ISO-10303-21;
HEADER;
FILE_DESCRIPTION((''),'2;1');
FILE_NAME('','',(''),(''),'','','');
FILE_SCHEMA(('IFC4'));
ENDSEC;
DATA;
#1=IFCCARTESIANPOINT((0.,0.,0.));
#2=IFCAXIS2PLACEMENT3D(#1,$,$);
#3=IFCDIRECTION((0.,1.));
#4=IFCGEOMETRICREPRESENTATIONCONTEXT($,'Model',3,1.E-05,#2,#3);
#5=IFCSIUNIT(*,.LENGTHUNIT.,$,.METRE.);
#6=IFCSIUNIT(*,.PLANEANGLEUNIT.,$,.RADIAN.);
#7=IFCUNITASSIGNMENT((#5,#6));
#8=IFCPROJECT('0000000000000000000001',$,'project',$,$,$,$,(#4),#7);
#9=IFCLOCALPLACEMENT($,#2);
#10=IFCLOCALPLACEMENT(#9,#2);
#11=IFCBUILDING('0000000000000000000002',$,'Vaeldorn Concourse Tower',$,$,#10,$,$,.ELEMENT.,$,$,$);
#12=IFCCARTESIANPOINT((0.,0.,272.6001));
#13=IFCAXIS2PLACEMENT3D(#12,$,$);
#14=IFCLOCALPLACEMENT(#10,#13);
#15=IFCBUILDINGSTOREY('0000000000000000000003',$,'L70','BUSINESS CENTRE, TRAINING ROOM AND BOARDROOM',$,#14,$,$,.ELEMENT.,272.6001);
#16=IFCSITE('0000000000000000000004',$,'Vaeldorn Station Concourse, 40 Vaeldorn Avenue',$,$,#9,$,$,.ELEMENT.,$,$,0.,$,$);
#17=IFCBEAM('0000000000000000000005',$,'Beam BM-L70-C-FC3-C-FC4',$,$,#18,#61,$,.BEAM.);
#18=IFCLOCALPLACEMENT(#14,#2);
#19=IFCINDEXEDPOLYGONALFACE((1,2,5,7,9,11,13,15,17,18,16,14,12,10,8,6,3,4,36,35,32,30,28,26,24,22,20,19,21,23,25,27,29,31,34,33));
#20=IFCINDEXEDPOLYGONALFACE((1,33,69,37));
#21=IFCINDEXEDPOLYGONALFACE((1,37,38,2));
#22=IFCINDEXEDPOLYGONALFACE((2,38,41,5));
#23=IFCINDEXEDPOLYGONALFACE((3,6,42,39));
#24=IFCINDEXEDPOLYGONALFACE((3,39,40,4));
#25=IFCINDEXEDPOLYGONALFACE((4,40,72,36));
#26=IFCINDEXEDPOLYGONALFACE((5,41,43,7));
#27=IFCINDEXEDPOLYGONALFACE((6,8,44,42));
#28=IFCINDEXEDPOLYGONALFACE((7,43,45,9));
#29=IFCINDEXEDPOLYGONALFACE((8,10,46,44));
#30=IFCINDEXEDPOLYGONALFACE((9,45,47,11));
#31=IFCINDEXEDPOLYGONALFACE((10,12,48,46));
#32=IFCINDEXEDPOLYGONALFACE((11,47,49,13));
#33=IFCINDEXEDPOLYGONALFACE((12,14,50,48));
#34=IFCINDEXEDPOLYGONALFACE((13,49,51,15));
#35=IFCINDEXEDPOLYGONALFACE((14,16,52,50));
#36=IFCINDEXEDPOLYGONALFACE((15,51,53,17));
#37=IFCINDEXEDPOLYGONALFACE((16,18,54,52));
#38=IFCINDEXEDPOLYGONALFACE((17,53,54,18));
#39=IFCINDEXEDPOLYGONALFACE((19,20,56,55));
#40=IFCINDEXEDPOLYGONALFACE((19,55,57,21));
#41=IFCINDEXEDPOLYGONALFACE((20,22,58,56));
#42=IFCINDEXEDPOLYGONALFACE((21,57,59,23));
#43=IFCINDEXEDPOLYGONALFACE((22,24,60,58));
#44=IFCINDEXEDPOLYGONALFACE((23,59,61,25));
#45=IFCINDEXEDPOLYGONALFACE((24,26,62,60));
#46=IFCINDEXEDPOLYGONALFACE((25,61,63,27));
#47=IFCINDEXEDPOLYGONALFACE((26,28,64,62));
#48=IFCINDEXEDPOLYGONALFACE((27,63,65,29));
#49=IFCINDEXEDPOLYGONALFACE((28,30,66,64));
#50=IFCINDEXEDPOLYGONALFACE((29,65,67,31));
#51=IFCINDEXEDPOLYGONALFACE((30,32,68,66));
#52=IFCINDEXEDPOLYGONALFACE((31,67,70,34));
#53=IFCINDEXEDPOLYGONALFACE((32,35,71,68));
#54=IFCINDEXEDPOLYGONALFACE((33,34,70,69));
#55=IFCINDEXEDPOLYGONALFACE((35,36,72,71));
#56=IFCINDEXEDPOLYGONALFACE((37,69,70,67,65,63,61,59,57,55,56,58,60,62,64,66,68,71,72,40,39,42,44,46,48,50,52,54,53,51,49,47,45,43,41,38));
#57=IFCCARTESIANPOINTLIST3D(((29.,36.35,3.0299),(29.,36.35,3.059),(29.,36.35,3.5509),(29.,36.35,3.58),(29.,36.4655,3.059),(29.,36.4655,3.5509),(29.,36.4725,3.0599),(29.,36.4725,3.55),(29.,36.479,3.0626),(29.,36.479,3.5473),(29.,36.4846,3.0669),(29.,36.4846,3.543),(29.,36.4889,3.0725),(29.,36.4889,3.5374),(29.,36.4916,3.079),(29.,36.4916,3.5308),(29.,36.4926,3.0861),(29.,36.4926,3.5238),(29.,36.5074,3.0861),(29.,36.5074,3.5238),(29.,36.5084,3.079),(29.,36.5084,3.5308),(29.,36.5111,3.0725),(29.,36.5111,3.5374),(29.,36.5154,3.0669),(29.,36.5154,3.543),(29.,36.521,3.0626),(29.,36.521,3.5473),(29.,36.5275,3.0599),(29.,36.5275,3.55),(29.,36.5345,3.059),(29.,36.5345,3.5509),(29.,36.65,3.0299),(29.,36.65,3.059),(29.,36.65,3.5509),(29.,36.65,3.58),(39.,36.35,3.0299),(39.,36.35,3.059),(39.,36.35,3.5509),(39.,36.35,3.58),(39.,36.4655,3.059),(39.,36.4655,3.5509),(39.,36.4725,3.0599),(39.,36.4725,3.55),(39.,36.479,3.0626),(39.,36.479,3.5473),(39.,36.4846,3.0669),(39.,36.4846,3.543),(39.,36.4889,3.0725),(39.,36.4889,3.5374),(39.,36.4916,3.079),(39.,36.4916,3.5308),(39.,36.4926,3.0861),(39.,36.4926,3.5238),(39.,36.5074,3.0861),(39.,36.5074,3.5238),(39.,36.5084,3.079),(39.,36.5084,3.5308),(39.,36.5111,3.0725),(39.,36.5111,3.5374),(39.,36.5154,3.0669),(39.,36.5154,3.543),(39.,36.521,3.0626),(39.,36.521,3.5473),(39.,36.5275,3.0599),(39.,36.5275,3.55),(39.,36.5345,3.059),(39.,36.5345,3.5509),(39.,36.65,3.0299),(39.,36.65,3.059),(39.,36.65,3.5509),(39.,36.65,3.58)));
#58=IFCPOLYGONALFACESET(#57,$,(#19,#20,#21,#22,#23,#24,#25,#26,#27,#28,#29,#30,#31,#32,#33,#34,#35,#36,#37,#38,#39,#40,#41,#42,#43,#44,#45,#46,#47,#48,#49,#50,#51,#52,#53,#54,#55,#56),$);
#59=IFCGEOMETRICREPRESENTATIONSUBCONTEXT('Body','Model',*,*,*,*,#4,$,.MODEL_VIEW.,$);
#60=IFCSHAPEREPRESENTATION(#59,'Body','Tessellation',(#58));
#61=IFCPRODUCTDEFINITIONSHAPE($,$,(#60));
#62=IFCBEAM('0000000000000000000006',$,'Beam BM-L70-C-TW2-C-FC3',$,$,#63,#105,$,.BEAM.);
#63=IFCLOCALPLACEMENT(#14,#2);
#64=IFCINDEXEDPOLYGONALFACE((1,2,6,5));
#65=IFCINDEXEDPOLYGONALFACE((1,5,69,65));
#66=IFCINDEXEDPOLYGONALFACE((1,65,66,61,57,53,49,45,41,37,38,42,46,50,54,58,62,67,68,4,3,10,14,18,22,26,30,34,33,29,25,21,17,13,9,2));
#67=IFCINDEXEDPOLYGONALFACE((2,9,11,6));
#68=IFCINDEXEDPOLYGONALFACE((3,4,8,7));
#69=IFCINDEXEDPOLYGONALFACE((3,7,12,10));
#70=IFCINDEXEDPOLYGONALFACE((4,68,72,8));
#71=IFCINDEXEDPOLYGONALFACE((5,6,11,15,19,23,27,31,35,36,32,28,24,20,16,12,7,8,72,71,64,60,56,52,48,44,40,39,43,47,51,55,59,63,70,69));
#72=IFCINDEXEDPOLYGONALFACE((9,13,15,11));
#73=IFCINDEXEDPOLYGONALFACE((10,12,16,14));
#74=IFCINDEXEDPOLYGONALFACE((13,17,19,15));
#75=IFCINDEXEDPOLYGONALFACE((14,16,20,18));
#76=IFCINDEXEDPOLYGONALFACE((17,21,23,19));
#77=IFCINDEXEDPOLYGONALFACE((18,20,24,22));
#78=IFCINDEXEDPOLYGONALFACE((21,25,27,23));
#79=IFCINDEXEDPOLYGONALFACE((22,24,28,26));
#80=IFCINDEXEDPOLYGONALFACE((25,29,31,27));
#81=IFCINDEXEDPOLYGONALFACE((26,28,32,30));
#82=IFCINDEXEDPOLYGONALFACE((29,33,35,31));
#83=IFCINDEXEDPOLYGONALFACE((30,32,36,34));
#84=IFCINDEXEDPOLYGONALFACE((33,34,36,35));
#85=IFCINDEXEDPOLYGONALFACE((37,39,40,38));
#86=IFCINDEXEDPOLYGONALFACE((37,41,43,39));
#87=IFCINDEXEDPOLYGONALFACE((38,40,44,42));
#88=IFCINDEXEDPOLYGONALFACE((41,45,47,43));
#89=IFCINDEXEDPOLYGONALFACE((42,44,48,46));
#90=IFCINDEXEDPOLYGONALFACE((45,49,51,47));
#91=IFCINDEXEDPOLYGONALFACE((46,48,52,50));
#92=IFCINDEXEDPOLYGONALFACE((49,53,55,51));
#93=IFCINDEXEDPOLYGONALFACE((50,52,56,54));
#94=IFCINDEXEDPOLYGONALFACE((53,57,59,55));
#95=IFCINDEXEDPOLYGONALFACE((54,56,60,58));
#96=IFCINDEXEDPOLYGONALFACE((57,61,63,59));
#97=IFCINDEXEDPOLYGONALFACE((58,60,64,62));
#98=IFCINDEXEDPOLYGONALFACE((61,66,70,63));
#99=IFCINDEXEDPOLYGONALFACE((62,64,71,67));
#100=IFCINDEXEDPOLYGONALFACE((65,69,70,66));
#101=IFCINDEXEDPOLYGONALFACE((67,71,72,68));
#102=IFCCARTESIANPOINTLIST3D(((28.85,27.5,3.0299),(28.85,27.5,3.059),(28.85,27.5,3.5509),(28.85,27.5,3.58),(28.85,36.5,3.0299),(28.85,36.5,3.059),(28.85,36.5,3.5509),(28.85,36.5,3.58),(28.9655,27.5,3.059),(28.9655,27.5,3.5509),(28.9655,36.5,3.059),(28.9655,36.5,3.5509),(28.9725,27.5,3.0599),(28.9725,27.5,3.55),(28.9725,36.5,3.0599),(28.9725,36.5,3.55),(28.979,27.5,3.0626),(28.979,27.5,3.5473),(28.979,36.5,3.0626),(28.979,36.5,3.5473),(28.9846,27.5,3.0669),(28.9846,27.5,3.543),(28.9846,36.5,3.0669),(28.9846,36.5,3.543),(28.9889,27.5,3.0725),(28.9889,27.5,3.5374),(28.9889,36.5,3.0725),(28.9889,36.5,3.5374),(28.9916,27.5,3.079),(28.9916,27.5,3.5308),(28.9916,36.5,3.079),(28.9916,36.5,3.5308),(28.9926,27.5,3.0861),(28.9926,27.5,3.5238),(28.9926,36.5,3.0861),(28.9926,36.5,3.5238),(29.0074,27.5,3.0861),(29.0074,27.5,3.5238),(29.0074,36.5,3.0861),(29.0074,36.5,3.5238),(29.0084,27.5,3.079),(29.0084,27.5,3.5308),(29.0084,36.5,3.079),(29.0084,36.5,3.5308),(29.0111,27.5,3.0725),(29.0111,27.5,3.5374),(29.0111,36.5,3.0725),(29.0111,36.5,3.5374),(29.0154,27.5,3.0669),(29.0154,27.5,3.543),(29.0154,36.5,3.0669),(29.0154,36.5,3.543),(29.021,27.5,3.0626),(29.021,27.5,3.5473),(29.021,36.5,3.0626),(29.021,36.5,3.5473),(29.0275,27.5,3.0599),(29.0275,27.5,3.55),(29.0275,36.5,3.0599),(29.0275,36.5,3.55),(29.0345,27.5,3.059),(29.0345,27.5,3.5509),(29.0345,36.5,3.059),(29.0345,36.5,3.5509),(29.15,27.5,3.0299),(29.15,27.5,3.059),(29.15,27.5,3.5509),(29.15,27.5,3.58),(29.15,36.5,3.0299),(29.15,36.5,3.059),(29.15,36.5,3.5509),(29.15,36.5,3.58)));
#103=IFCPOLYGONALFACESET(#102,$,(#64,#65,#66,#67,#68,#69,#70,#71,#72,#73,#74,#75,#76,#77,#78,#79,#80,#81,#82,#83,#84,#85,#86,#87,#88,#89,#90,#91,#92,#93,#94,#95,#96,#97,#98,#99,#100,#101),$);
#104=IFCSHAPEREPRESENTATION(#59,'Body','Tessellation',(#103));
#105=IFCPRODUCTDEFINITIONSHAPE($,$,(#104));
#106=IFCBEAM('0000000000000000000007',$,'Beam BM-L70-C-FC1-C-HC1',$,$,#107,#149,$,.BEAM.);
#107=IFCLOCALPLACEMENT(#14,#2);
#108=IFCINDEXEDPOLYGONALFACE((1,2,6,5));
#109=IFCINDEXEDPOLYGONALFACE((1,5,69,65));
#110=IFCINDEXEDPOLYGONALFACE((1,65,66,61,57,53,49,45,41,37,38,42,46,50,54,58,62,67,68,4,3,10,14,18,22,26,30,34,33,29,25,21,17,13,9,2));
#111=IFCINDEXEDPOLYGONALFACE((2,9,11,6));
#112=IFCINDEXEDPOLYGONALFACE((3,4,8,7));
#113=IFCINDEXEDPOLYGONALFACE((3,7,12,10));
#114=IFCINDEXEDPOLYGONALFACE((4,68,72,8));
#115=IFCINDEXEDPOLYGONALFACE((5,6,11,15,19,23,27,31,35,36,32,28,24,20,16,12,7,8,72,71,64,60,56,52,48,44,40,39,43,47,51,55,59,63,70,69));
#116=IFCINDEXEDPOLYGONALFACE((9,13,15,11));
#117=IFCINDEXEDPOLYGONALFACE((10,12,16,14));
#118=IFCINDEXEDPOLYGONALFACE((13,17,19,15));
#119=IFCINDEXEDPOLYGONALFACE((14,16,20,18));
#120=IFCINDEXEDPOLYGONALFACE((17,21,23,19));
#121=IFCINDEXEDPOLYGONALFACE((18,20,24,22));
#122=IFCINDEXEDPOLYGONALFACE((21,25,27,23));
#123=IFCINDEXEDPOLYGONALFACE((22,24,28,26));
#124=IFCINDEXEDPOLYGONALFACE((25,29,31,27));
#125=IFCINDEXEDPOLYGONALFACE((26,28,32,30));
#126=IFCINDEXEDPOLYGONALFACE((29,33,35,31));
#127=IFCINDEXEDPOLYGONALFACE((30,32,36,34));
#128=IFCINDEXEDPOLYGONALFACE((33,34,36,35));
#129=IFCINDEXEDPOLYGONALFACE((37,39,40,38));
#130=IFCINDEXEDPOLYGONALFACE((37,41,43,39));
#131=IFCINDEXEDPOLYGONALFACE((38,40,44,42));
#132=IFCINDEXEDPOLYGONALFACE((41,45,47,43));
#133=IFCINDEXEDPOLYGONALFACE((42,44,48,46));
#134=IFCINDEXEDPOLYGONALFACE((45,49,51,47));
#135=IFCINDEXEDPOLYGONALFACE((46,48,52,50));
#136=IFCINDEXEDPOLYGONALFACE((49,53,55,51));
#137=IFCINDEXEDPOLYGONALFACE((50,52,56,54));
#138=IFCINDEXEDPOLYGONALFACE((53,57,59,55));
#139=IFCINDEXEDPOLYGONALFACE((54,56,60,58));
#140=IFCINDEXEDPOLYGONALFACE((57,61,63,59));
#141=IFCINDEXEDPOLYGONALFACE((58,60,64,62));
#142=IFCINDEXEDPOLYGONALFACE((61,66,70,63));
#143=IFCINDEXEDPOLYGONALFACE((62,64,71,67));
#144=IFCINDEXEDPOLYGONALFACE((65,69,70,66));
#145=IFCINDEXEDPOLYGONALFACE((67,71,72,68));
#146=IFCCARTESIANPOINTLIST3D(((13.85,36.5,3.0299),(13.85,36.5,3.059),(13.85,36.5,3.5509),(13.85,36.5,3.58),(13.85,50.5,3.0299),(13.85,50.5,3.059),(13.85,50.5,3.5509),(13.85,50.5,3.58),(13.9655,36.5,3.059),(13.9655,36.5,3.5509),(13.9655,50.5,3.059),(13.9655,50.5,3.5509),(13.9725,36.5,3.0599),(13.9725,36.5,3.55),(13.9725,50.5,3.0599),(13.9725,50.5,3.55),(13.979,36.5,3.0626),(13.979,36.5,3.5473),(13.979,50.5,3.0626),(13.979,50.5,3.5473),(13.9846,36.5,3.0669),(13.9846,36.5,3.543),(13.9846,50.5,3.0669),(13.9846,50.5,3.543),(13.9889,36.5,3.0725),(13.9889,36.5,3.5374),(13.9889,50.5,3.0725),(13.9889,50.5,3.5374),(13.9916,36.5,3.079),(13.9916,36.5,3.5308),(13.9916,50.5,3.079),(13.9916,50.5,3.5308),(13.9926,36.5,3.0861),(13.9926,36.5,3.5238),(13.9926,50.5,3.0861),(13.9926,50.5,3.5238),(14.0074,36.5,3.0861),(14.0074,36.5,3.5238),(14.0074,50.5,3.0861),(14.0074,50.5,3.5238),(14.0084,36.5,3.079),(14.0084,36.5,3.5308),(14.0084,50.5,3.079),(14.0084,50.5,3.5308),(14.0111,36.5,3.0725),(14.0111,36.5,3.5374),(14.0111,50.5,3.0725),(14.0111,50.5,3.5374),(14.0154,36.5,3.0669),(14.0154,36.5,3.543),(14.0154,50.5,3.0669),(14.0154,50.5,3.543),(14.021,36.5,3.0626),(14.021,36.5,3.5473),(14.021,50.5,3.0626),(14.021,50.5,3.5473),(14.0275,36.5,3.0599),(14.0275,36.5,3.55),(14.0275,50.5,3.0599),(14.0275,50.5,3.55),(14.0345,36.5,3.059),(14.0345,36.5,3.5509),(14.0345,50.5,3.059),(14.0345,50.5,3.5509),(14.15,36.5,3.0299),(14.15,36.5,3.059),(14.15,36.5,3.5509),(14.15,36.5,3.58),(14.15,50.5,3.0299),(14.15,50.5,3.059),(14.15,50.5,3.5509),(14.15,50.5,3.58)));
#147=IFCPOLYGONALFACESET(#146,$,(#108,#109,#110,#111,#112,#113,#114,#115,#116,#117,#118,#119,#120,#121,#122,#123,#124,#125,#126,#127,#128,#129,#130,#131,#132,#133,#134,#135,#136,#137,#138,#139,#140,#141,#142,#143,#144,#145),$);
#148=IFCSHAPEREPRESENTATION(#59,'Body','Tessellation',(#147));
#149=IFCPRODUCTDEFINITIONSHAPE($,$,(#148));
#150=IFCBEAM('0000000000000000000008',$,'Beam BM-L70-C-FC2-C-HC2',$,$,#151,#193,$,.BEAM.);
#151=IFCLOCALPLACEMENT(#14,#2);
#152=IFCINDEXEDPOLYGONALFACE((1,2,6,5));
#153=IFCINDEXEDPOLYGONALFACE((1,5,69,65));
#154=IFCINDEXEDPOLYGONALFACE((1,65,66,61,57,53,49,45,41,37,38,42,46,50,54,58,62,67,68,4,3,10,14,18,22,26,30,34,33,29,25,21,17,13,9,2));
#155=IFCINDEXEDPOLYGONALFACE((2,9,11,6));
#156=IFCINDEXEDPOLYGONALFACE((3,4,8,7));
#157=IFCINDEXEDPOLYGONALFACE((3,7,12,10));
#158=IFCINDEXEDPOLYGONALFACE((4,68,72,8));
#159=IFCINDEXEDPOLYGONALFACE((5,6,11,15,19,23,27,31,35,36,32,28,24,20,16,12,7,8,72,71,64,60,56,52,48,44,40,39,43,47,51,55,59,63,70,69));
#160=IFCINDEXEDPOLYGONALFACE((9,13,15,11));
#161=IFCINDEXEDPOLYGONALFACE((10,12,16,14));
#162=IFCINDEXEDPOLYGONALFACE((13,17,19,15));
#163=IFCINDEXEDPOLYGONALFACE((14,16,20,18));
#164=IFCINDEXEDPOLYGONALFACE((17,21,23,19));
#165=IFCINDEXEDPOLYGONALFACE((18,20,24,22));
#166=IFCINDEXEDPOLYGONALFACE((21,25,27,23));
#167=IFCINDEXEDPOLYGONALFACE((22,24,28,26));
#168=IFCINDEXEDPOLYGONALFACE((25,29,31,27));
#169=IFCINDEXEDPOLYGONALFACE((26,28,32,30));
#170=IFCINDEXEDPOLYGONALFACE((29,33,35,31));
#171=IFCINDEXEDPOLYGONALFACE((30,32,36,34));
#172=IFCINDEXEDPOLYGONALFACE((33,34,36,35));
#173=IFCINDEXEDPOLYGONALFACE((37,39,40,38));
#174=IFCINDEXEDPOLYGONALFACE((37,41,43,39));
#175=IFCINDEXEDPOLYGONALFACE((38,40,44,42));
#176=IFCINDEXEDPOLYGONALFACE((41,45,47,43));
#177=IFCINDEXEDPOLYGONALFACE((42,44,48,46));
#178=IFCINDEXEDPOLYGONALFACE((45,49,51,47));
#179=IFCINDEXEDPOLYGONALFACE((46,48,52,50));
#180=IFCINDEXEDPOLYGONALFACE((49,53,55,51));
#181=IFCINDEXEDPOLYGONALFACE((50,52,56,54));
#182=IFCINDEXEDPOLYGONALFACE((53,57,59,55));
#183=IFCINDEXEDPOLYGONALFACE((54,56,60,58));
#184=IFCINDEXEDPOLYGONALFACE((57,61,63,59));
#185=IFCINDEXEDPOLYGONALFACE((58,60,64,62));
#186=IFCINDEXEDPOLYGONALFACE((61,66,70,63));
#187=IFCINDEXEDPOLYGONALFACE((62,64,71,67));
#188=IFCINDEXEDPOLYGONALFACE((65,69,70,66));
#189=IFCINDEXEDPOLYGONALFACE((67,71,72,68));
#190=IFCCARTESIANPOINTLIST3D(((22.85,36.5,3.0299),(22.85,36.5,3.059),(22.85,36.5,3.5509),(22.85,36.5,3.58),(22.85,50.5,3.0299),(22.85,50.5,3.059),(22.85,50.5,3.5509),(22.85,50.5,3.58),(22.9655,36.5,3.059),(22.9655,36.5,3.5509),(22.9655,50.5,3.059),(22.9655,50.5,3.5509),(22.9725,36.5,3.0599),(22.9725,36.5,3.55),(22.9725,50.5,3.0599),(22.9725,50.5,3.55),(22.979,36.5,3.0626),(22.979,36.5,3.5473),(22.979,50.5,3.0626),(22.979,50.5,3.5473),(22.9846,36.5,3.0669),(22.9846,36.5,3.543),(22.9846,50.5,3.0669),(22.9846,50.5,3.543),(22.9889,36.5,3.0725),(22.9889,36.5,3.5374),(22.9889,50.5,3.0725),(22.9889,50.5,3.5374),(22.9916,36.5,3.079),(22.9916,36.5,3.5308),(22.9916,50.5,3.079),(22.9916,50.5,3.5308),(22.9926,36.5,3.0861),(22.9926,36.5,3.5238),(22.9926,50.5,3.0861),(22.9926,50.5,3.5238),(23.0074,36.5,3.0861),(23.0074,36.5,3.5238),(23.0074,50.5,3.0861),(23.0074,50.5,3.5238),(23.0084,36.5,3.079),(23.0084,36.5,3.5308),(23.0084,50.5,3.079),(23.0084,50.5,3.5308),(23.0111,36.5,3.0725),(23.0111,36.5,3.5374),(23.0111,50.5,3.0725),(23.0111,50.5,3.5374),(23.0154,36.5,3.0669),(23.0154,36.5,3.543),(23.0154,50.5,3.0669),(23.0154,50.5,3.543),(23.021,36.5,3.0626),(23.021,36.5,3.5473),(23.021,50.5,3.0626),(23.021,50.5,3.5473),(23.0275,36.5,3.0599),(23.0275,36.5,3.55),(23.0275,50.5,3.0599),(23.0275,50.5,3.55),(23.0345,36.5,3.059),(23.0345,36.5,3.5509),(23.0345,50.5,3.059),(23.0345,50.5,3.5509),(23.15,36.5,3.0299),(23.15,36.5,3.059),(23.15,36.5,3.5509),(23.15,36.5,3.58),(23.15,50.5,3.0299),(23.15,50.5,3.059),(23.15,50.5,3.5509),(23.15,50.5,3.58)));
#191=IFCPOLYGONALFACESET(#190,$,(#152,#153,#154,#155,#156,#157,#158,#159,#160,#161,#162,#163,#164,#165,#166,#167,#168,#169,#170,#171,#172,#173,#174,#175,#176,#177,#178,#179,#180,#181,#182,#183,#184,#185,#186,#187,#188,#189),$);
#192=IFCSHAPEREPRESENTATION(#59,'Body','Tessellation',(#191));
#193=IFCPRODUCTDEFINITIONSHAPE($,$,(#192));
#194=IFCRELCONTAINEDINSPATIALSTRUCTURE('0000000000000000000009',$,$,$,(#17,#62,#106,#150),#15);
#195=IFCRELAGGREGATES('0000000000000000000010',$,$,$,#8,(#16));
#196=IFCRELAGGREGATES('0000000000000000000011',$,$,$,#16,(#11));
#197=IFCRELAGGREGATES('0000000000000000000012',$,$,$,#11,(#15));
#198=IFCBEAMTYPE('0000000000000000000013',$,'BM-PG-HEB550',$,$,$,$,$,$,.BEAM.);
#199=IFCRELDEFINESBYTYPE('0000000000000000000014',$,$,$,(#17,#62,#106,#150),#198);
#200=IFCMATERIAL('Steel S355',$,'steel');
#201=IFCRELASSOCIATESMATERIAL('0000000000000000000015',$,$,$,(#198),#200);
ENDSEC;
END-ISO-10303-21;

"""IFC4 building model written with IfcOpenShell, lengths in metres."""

from ifc_helpers import new_model, si_unit, direction, frame, origin, origin_2d, place, context, subcontext, project, spatial, i_section, extrude, source, transform, mapped, material, material_profile, profile_set, type_object, element, save


model = new_model("IFC4")

# Units and contexts
model_context = context("Model", 3, precision=1e-05, world=origin(), true_north=direction((0.0, 1.0)))
body_context = subcontext(model_context, "Body", "Model", "MODEL_VIEW")
ifc_project = project(units=[si_unit("LENGTHUNIT", "METRE"), si_unit("PLANEANGLEUNIT", "RADIAN")], contexts=[model_context])

# Site, building, storey
site_placement = place(None, origin())
site = spatial("IfcSite", under=ifc_project, at=site_placement, Name="Vaeldorn Station Concourse, 40 Vaeldorn Avenue", CompositionType="ELEMENT", RefElevation=0.0)
building_placement = place(site_placement, origin())
building = spatial("IfcBuilding", under=site, at=building_placement, Name="Vaeldorn Concourse Tower", CompositionType="ELEMENT")
storey_placement = place(building_placement, frame((0.0, 0.0, 272.6001)))
storey = spatial("IfcBuildingStorey", under=building, at=storey_placement, Name="L70", Description="BUSINESS CENTRE, TRAINING ROOM AND BOARDROOM", CompositionType="ELEMENT", Elevation=272.6001)

# Shared definitions
ifc_material_1 = material(Name="Steel S355", Category="steel")

# Beams
ifc_material_profile_1 = material_profile(ifc_material_1, i_section(OverallWidth=0.3, OverallDepth=0.55, WebThickness=0.0149, FlangeThickness=0.0291, FilletRadius=0.0271, at=origin_2d()), Name="HEB 550")
ifc_profile_set_1 = profile_set([ifc_material_profile_1], Name="Steel S355")
beam_type_1 = type_object("IfcBeamType", Name="BM-PG-HEB550", PredefinedType="BEAM", material=ifc_profile_set_1)
shared_shape_1 = source(origin(), body_context, "Body", "SweptSolid", [
    extrude(i_section(OverallWidth=0.3, OverallDepth=0.55, WebThickness=0.0149, FlangeThickness=0.0291, FilletRadius=0.0271, at=origin_2d()), origin(), (0.0, 0.0, 1.0), 10.0),
])
beam_1_placement = place(storey_placement, frame((29.0, 36.5, 3.3049), z_axis=(1.0, 0.0, 0.0), x_axis=(0.0, 1.0, 0.0)))
element("IfcBeam", 1, at=beam_1_placement, inside=storey, type_object=beam_type_1, Name="Beam BM-L70-C-FC3-C-FC4", PredefinedType="BEAM", context=body_context, shape_type="MappedRepresentation", body=[
    mapped(shared_shape_1, transform((0.0, 0.0, 0.0), scale=1.0)),
])
shared_shape_2 = source(origin(), body_context, "Body", "SweptSolid", [
    extrude(i_section(OverallWidth=0.3, OverallDepth=0.55, WebThickness=0.0149, FlangeThickness=0.0291, FilletRadius=0.0271, at=origin_2d()), origin(), (0.0, 0.0, 1.0), 9.0),
])
beam_2_placement = place(storey_placement, frame((29.0, 27.5, 3.3049), z_axis=(0.0, 1.0, 0.0), x_axis=(-1.0, 0.0, 0.0)))
element("IfcBeam", 2, at=beam_2_placement, inside=storey, type_object=beam_type_1, Name="Beam BM-L70-C-TW2-C-FC3", PredefinedType="BEAM", context=body_context, shape_type="MappedRepresentation", body=[
    mapped(shared_shape_2, transform((0.0, 0.0, 0.0), scale=1.0)),
])
shared_shape_3 = source(origin(), body_context, "Body", "SweptSolid", [
    extrude(i_section(OverallWidth=0.3, OverallDepth=0.55, WebThickness=0.0149, FlangeThickness=0.0291, FilletRadius=0.0271, at=origin_2d()), origin(), (0.0, 0.0, 1.0), 14.0),
])
for number, where, z_axis, x_axis, name in (
    (3, (14.0, 36.5, 3.3049), (0.0, 1.0, 0.0), (-1.0, 0.0, 0.0), "Beam BM-L70-C-FC1-C-HC1"),
    (4, (23.0, 36.5, 3.3049), (0.0, 1.0, 0.0), (-1.0, 0.0, 0.0), "Beam BM-L70-C-FC2-C-HC2"),
):
    element("IfcBeam", number, at=place(storey_placement, frame(where, z_axis=z_axis, x_axis=x_axis)), inside=storey, type_object=beam_type_1, Name=name, PredefinedType="BEAM", context=body_context, shape_type="MappedRepresentation", body=[
        mapped(shared_shape_3, transform((0.0, 0.0, 0.0), scale=1.0)),
    ])

save(model, "model.ifc")
